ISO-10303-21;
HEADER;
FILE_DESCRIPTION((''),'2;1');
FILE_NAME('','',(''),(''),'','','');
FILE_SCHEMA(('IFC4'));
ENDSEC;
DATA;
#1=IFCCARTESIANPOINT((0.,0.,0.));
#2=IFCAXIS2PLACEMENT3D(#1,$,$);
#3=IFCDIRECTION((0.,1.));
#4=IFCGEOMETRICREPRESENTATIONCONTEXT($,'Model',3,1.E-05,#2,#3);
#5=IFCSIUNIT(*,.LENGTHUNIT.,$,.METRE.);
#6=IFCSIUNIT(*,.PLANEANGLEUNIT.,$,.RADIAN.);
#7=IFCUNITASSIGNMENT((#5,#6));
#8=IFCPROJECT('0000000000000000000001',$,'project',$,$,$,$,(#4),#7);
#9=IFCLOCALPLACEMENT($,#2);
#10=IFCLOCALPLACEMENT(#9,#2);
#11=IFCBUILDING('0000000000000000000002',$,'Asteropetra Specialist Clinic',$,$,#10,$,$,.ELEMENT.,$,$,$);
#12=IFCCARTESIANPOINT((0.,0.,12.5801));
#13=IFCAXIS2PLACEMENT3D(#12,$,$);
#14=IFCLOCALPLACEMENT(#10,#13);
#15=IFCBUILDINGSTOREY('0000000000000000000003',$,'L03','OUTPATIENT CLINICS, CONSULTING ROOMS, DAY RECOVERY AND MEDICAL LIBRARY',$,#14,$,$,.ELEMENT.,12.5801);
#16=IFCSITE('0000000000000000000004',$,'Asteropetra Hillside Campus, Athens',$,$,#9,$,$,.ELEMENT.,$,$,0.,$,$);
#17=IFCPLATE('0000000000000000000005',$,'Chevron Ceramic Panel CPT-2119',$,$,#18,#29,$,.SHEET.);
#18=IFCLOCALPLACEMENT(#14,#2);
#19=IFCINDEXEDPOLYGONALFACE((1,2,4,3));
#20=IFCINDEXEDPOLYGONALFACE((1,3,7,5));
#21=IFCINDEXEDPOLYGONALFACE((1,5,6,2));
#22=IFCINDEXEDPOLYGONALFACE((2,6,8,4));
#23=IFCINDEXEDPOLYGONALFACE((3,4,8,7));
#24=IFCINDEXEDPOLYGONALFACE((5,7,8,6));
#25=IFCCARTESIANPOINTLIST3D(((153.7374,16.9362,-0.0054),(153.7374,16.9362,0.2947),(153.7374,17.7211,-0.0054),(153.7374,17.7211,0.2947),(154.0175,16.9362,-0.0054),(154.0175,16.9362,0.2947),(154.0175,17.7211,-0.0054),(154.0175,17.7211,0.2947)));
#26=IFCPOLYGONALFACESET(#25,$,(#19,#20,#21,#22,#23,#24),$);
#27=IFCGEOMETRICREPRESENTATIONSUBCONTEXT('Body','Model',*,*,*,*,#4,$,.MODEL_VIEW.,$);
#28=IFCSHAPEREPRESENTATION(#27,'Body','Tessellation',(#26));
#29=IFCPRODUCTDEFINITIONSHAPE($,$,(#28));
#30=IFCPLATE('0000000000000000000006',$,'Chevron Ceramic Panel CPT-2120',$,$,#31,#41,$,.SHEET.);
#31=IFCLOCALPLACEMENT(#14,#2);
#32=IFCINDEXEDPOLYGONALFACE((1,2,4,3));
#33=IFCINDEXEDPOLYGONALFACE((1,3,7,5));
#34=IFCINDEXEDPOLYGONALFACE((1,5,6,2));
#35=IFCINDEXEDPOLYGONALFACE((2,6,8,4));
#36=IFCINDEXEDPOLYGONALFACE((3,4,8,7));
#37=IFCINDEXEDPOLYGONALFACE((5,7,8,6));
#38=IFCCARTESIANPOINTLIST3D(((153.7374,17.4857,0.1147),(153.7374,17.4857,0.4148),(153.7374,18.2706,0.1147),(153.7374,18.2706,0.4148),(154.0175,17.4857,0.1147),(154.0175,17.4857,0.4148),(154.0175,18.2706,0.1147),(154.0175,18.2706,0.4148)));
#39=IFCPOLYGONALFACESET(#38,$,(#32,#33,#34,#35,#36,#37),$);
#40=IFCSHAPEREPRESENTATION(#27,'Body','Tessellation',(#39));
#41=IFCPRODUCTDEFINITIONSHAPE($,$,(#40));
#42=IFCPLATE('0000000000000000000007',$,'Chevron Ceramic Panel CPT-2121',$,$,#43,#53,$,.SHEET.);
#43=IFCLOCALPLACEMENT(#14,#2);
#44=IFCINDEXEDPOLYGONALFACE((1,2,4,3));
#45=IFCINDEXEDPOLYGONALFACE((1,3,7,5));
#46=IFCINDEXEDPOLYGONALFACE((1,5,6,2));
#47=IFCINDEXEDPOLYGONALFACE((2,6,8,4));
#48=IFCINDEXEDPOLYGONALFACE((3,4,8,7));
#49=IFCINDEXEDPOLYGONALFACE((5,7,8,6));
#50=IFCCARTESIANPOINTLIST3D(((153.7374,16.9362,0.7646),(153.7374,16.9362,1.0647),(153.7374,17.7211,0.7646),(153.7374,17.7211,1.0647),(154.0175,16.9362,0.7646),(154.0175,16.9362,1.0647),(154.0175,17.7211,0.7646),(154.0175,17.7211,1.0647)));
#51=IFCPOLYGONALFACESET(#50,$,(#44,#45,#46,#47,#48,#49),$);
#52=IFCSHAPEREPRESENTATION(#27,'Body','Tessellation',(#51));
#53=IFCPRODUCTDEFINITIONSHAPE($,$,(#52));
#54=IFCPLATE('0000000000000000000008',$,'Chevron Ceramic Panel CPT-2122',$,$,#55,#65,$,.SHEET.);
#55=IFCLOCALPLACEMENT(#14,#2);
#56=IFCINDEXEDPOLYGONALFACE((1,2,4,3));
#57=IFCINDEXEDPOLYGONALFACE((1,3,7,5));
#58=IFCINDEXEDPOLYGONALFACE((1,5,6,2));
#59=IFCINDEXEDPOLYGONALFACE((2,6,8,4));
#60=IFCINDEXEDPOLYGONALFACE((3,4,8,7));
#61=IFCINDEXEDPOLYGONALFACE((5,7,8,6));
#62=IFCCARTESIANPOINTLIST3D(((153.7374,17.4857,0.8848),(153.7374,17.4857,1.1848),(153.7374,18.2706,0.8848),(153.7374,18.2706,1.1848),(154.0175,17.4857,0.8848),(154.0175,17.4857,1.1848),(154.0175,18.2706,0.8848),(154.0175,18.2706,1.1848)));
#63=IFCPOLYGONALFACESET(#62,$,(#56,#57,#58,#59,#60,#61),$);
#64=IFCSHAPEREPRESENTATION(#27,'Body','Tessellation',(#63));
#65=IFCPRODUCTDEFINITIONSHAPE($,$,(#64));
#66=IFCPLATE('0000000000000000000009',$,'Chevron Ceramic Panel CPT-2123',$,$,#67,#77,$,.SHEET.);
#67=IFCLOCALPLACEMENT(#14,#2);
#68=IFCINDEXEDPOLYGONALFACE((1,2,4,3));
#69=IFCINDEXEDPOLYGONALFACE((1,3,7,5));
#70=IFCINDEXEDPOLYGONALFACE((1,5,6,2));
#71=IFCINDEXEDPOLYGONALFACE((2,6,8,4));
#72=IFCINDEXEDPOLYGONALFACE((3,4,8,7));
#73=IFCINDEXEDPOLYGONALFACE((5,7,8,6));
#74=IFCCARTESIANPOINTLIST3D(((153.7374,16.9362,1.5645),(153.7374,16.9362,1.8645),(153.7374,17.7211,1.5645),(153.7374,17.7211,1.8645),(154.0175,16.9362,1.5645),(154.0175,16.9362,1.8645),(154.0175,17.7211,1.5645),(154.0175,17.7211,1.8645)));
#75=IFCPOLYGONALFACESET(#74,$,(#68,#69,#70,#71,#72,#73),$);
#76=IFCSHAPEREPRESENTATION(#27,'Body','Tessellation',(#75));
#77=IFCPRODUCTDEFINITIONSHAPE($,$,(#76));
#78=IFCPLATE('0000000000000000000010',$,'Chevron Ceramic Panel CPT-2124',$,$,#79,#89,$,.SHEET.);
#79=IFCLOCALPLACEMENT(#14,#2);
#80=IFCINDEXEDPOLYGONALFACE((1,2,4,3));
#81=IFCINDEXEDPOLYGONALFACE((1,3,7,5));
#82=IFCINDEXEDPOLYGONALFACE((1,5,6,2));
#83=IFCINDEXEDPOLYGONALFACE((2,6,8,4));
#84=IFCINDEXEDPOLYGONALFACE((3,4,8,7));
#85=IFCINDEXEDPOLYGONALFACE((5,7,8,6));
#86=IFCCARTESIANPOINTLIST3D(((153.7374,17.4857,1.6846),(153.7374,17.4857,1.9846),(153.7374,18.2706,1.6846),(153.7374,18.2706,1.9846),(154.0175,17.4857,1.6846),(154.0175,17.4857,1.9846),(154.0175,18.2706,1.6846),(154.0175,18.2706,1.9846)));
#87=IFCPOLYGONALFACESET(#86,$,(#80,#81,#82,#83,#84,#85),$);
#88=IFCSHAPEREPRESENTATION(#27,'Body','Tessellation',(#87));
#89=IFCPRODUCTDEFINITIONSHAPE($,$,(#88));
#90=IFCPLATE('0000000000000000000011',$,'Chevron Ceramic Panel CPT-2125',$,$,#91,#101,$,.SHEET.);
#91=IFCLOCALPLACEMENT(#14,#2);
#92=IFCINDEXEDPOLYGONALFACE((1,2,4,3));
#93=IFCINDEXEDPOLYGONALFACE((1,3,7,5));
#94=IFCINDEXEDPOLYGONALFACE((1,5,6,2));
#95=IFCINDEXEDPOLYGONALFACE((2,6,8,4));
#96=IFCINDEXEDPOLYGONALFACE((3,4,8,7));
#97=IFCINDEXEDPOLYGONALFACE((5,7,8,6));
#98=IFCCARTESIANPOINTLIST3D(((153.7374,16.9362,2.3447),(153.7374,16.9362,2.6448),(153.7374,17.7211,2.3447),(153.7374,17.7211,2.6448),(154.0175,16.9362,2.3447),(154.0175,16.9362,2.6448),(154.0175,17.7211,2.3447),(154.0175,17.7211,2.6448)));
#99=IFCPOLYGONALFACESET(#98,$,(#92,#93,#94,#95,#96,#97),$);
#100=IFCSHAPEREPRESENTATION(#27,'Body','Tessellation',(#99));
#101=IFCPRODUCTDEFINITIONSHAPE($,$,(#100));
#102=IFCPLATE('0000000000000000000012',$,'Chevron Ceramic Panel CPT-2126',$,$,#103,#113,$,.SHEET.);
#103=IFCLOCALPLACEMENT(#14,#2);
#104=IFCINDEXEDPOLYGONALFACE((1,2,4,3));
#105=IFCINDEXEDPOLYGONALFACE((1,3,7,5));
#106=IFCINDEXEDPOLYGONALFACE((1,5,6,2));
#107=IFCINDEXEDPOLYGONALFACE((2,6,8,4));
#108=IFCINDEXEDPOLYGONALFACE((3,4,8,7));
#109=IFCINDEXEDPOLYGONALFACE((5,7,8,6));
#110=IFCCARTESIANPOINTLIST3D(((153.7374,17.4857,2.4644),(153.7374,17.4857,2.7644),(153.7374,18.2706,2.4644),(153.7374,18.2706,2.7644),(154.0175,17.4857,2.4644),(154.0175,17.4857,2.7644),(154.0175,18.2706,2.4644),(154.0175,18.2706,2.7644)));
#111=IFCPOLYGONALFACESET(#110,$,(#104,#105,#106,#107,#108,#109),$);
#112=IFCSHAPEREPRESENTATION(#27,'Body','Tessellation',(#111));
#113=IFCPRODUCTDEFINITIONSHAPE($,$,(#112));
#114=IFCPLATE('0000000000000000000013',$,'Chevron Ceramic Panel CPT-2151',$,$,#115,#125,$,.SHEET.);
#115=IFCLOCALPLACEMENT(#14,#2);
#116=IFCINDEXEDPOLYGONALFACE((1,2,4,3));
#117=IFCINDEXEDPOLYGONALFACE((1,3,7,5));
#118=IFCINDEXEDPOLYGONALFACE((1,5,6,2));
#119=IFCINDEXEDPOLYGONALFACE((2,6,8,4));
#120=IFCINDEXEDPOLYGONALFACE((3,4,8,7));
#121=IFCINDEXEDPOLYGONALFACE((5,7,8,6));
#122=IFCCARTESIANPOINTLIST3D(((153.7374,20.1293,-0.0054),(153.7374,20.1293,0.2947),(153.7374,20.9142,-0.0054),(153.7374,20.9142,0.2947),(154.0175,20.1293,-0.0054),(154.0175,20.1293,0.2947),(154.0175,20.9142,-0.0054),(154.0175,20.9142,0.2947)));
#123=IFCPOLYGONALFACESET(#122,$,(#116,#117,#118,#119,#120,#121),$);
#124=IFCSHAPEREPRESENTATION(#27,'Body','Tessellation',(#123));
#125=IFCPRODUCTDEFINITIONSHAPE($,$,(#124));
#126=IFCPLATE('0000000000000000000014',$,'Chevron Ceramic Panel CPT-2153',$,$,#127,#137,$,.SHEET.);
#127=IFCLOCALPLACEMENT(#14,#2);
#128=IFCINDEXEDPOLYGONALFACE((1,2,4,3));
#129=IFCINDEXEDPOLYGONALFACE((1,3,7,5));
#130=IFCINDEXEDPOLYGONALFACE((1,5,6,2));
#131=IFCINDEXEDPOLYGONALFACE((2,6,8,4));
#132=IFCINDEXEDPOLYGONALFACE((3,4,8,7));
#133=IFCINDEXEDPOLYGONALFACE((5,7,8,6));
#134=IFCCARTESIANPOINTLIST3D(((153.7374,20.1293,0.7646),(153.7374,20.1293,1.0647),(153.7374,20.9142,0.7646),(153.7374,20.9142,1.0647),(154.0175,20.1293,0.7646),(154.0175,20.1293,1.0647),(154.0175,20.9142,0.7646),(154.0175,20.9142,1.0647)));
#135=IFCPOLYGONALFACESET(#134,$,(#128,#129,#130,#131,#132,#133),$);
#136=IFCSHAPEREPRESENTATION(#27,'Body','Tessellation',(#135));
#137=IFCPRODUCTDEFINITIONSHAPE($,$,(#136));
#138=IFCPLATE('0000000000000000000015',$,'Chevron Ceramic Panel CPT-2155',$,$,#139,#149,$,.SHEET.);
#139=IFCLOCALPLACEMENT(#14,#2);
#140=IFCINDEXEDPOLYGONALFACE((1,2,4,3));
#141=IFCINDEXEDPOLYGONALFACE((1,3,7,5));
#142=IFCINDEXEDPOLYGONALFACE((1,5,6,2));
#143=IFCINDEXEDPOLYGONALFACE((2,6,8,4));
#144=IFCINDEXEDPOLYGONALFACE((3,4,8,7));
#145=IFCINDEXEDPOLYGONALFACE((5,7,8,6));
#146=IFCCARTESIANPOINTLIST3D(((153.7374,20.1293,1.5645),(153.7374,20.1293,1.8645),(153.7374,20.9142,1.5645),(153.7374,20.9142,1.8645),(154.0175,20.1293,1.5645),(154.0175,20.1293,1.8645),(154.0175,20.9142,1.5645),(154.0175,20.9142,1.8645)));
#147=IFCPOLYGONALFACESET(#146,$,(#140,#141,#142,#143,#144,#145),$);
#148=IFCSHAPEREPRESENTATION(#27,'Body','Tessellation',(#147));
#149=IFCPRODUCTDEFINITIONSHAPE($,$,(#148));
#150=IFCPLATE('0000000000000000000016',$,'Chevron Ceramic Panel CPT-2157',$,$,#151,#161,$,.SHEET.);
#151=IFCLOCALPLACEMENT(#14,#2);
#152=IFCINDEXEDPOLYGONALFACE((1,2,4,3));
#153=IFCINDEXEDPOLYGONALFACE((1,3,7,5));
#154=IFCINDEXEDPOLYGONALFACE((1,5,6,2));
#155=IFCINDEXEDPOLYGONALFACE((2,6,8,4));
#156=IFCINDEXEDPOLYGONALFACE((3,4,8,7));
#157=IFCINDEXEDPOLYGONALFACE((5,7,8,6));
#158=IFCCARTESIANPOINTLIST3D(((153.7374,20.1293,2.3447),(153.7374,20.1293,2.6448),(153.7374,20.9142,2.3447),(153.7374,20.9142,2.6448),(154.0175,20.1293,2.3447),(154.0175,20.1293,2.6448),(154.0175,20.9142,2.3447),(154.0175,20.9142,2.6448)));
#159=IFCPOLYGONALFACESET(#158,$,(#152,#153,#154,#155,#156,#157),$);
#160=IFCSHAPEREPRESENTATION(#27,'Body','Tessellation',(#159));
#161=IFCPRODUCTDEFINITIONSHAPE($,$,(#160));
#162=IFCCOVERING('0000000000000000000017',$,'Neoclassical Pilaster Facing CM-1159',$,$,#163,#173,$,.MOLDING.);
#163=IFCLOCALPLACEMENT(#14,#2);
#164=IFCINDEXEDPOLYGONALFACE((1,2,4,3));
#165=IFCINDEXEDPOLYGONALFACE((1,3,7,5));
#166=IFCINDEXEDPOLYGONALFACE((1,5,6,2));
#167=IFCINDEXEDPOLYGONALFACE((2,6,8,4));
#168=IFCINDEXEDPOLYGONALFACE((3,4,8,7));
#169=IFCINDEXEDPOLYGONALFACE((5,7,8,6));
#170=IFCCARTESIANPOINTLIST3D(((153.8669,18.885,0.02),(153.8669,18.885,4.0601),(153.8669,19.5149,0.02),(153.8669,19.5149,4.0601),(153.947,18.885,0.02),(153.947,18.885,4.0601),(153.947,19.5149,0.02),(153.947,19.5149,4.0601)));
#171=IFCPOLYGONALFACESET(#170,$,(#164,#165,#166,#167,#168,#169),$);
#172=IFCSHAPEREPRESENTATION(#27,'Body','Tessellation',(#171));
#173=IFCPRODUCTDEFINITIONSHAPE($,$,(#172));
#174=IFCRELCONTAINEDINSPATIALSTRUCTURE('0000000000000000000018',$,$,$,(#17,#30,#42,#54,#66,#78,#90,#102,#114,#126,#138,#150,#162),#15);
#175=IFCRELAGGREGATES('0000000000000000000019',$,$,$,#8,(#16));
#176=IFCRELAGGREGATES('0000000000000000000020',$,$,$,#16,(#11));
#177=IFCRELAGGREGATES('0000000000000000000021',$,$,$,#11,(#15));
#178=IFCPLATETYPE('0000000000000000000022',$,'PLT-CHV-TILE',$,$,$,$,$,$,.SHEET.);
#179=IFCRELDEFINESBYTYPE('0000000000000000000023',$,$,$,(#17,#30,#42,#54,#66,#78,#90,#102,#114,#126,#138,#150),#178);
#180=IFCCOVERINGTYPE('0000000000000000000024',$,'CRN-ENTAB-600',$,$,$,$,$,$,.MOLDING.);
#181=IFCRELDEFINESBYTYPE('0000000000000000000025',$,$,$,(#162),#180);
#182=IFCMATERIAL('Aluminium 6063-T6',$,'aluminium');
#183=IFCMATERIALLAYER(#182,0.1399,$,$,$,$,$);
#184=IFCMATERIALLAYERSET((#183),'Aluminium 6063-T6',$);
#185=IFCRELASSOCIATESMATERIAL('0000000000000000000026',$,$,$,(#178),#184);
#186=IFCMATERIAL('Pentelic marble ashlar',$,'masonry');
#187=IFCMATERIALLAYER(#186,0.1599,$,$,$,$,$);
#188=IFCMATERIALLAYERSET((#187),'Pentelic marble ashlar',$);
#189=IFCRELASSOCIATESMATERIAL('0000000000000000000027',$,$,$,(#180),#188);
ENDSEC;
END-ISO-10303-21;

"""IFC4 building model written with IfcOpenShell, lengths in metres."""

from ifc_helpers import new_model, si_unit, direction, frame, origin, origin_2d, place, context, subcontext, project, spatial, rectangle, extrude, material, layer, layer_set, type_object, element, save


model = new_model("IFC4")

# Units and contexts
model_context = context("Model", 3, precision=1e-05, world=origin(), true_north=direction((0.0, 1.0)))
body_context = subcontext(model_context, "Body", "Model", "MODEL_VIEW")
ifc_project = project(units=[si_unit("LENGTHUNIT", "METRE"), si_unit("PLANEANGLEUNIT", "RADIAN")], contexts=[model_context])

# Site, building, storey
site_placement = place(None, origin())
site = spatial("IfcSite", under=ifc_project, at=site_placement, Name="Asteropetra Hillside Campus, Athens", CompositionType="ELEMENT", RefElevation=0.0)
building_placement = place(site_placement, origin())
building = spatial("IfcBuilding", under=site, at=building_placement, Name="Asteropetra Specialist Clinic", CompositionType="ELEMENT")
storey_placement = place(building_placement, frame((0.0, 0.0, 12.5801)))
storey = spatial("IfcBuildingStorey", under=building, at=storey_placement, Name="L03", Description="OUTPATIENT CLINICS, CONSULTING ROOMS, DAY RECOVERY AND MEDICAL LIBRARY", CompositionType="ELEMENT", Elevation=12.5801)

# Plates
ifc_material_1 = material(Name="Aluminium 6063-T6", Category="aluminium")
ifc_layer_1 = layer(ifc_material_1, 0.1399)
ifc_layer_set_1 = layer_set([ifc_layer_1], Name="Aluminium 6063-T6")
plate_type_1 = type_object("IfcPlateType", Name="PLT-CHV-TILE", PredefinedType="SHEET", material=ifc_layer_set_1)
for number, where, z_axis, x_axis, name in (
    (1, (153.8774, 17.3286, -0.0054), (0.0, 0.0, 1.0), (1.0, 0.0, 0.0), "Chevron Ceramic Panel CPT-2119"),
    (2, (153.8774, 17.8782, 0.1147), (0.0, 0.0, 1.0), (1.0, 0.0, 0.0), "Chevron Ceramic Panel CPT-2120"),
    (3, (153.8774, 17.3286, 0.7646), (0.0, 0.0, 1.0), (1.0, 0.0, 0.0), "Chevron Ceramic Panel CPT-2121"),
    (4, (153.8774, 17.8782, 0.8848), (0.0, 0.0, 1.0), (1.0, 0.0, 0.0), "Chevron Ceramic Panel CPT-2122"),
    (5, (153.8774, 17.3286, 1.5645), (0.0, 0.0, 1.0), (1.0, 0.0, 0.0), "Chevron Ceramic Panel CPT-2123"),
    (6, (153.8774, 17.8782, 1.6846), (0.0, 0.0, 1.0), (1.0, 0.0, 0.0), "Chevron Ceramic Panel CPT-2124"),
    (7, (153.8774, 17.3286, 2.3447), (0.0, 0.0, 1.0), (1.0, 0.0, 0.0), "Chevron Ceramic Panel CPT-2125"),
    (8, (153.8774, 17.8782, 2.4644), (0.0, 0.0, 1.0), (1.0, 0.0, 0.0), "Chevron Ceramic Panel CPT-2126"),
    (9, (153.8774, 20.5217, -0.0054), (0.0, 0.0, 1.0), (1.0, 0.0, 0.0), "Chevron Ceramic Panel CPT-2151"),
    (10, (153.8774, 20.5217, 0.7646), (0.0, 0.0, 1.0), (1.0, 0.0, 0.0), "Chevron Ceramic Panel CPT-2153"),
    (11, (153.8774, 20.5217, 1.5645), (0.0, 0.0, 1.0), (1.0, 0.0, 0.0), "Chevron Ceramic Panel CPT-2155"),
    (12, (153.8774, 20.5217, 2.3447), (0.0, 0.0, 1.0), (1.0, 0.0, 0.0), "Chevron Ceramic Panel CPT-2157"),
):
    element("IfcPlate", number, at=place(storey_placement, frame(where, z_axis=z_axis, x_axis=x_axis)), inside=storey, type_object=plate_type_1, Name=name, PredefinedType="SHEET", context=body_context, shape_type="SweptSolid", body=[
        extrude(rectangle(XDim=0.28, YDim=0.7849, at=origin_2d()), origin(), (0.0, 0.0, 1.0), 0.3),
    ])

# Covering
ifc_material_2 = material(Name="Pentelic marble ashlar", Category="masonry")
ifc_layer_2 = layer(ifc_material_2, 0.1599)
ifc_layer_set_2 = layer_set([ifc_layer_2], Name="Pentelic marble ashlar")
covering_type = type_object("IfcCoveringType", Name="CRN-ENTAB-600", PredefinedType="MOLDING", material=ifc_layer_set_2)
covering_placement = place(storey_placement, frame((153.907, 19.2, 0.02), z_axis=(0.0, 0.0, 1.0), x_axis=(1.0, 0.0, 0.0)))
element("IfcCovering", 13, at=covering_placement, inside=storey, type_object=covering_type, Name="Neoclassical Pilaster Facing CM-1159", PredefinedType="MOLDING", context=body_context, shape_type="SweptSolid", body=[
    extrude(rectangle(XDim=0.0801, YDim=0.6299, at=origin_2d()), origin(), (0.0, 0.0, 1.0), 4.04),
])

save(model, "model.ifc")
